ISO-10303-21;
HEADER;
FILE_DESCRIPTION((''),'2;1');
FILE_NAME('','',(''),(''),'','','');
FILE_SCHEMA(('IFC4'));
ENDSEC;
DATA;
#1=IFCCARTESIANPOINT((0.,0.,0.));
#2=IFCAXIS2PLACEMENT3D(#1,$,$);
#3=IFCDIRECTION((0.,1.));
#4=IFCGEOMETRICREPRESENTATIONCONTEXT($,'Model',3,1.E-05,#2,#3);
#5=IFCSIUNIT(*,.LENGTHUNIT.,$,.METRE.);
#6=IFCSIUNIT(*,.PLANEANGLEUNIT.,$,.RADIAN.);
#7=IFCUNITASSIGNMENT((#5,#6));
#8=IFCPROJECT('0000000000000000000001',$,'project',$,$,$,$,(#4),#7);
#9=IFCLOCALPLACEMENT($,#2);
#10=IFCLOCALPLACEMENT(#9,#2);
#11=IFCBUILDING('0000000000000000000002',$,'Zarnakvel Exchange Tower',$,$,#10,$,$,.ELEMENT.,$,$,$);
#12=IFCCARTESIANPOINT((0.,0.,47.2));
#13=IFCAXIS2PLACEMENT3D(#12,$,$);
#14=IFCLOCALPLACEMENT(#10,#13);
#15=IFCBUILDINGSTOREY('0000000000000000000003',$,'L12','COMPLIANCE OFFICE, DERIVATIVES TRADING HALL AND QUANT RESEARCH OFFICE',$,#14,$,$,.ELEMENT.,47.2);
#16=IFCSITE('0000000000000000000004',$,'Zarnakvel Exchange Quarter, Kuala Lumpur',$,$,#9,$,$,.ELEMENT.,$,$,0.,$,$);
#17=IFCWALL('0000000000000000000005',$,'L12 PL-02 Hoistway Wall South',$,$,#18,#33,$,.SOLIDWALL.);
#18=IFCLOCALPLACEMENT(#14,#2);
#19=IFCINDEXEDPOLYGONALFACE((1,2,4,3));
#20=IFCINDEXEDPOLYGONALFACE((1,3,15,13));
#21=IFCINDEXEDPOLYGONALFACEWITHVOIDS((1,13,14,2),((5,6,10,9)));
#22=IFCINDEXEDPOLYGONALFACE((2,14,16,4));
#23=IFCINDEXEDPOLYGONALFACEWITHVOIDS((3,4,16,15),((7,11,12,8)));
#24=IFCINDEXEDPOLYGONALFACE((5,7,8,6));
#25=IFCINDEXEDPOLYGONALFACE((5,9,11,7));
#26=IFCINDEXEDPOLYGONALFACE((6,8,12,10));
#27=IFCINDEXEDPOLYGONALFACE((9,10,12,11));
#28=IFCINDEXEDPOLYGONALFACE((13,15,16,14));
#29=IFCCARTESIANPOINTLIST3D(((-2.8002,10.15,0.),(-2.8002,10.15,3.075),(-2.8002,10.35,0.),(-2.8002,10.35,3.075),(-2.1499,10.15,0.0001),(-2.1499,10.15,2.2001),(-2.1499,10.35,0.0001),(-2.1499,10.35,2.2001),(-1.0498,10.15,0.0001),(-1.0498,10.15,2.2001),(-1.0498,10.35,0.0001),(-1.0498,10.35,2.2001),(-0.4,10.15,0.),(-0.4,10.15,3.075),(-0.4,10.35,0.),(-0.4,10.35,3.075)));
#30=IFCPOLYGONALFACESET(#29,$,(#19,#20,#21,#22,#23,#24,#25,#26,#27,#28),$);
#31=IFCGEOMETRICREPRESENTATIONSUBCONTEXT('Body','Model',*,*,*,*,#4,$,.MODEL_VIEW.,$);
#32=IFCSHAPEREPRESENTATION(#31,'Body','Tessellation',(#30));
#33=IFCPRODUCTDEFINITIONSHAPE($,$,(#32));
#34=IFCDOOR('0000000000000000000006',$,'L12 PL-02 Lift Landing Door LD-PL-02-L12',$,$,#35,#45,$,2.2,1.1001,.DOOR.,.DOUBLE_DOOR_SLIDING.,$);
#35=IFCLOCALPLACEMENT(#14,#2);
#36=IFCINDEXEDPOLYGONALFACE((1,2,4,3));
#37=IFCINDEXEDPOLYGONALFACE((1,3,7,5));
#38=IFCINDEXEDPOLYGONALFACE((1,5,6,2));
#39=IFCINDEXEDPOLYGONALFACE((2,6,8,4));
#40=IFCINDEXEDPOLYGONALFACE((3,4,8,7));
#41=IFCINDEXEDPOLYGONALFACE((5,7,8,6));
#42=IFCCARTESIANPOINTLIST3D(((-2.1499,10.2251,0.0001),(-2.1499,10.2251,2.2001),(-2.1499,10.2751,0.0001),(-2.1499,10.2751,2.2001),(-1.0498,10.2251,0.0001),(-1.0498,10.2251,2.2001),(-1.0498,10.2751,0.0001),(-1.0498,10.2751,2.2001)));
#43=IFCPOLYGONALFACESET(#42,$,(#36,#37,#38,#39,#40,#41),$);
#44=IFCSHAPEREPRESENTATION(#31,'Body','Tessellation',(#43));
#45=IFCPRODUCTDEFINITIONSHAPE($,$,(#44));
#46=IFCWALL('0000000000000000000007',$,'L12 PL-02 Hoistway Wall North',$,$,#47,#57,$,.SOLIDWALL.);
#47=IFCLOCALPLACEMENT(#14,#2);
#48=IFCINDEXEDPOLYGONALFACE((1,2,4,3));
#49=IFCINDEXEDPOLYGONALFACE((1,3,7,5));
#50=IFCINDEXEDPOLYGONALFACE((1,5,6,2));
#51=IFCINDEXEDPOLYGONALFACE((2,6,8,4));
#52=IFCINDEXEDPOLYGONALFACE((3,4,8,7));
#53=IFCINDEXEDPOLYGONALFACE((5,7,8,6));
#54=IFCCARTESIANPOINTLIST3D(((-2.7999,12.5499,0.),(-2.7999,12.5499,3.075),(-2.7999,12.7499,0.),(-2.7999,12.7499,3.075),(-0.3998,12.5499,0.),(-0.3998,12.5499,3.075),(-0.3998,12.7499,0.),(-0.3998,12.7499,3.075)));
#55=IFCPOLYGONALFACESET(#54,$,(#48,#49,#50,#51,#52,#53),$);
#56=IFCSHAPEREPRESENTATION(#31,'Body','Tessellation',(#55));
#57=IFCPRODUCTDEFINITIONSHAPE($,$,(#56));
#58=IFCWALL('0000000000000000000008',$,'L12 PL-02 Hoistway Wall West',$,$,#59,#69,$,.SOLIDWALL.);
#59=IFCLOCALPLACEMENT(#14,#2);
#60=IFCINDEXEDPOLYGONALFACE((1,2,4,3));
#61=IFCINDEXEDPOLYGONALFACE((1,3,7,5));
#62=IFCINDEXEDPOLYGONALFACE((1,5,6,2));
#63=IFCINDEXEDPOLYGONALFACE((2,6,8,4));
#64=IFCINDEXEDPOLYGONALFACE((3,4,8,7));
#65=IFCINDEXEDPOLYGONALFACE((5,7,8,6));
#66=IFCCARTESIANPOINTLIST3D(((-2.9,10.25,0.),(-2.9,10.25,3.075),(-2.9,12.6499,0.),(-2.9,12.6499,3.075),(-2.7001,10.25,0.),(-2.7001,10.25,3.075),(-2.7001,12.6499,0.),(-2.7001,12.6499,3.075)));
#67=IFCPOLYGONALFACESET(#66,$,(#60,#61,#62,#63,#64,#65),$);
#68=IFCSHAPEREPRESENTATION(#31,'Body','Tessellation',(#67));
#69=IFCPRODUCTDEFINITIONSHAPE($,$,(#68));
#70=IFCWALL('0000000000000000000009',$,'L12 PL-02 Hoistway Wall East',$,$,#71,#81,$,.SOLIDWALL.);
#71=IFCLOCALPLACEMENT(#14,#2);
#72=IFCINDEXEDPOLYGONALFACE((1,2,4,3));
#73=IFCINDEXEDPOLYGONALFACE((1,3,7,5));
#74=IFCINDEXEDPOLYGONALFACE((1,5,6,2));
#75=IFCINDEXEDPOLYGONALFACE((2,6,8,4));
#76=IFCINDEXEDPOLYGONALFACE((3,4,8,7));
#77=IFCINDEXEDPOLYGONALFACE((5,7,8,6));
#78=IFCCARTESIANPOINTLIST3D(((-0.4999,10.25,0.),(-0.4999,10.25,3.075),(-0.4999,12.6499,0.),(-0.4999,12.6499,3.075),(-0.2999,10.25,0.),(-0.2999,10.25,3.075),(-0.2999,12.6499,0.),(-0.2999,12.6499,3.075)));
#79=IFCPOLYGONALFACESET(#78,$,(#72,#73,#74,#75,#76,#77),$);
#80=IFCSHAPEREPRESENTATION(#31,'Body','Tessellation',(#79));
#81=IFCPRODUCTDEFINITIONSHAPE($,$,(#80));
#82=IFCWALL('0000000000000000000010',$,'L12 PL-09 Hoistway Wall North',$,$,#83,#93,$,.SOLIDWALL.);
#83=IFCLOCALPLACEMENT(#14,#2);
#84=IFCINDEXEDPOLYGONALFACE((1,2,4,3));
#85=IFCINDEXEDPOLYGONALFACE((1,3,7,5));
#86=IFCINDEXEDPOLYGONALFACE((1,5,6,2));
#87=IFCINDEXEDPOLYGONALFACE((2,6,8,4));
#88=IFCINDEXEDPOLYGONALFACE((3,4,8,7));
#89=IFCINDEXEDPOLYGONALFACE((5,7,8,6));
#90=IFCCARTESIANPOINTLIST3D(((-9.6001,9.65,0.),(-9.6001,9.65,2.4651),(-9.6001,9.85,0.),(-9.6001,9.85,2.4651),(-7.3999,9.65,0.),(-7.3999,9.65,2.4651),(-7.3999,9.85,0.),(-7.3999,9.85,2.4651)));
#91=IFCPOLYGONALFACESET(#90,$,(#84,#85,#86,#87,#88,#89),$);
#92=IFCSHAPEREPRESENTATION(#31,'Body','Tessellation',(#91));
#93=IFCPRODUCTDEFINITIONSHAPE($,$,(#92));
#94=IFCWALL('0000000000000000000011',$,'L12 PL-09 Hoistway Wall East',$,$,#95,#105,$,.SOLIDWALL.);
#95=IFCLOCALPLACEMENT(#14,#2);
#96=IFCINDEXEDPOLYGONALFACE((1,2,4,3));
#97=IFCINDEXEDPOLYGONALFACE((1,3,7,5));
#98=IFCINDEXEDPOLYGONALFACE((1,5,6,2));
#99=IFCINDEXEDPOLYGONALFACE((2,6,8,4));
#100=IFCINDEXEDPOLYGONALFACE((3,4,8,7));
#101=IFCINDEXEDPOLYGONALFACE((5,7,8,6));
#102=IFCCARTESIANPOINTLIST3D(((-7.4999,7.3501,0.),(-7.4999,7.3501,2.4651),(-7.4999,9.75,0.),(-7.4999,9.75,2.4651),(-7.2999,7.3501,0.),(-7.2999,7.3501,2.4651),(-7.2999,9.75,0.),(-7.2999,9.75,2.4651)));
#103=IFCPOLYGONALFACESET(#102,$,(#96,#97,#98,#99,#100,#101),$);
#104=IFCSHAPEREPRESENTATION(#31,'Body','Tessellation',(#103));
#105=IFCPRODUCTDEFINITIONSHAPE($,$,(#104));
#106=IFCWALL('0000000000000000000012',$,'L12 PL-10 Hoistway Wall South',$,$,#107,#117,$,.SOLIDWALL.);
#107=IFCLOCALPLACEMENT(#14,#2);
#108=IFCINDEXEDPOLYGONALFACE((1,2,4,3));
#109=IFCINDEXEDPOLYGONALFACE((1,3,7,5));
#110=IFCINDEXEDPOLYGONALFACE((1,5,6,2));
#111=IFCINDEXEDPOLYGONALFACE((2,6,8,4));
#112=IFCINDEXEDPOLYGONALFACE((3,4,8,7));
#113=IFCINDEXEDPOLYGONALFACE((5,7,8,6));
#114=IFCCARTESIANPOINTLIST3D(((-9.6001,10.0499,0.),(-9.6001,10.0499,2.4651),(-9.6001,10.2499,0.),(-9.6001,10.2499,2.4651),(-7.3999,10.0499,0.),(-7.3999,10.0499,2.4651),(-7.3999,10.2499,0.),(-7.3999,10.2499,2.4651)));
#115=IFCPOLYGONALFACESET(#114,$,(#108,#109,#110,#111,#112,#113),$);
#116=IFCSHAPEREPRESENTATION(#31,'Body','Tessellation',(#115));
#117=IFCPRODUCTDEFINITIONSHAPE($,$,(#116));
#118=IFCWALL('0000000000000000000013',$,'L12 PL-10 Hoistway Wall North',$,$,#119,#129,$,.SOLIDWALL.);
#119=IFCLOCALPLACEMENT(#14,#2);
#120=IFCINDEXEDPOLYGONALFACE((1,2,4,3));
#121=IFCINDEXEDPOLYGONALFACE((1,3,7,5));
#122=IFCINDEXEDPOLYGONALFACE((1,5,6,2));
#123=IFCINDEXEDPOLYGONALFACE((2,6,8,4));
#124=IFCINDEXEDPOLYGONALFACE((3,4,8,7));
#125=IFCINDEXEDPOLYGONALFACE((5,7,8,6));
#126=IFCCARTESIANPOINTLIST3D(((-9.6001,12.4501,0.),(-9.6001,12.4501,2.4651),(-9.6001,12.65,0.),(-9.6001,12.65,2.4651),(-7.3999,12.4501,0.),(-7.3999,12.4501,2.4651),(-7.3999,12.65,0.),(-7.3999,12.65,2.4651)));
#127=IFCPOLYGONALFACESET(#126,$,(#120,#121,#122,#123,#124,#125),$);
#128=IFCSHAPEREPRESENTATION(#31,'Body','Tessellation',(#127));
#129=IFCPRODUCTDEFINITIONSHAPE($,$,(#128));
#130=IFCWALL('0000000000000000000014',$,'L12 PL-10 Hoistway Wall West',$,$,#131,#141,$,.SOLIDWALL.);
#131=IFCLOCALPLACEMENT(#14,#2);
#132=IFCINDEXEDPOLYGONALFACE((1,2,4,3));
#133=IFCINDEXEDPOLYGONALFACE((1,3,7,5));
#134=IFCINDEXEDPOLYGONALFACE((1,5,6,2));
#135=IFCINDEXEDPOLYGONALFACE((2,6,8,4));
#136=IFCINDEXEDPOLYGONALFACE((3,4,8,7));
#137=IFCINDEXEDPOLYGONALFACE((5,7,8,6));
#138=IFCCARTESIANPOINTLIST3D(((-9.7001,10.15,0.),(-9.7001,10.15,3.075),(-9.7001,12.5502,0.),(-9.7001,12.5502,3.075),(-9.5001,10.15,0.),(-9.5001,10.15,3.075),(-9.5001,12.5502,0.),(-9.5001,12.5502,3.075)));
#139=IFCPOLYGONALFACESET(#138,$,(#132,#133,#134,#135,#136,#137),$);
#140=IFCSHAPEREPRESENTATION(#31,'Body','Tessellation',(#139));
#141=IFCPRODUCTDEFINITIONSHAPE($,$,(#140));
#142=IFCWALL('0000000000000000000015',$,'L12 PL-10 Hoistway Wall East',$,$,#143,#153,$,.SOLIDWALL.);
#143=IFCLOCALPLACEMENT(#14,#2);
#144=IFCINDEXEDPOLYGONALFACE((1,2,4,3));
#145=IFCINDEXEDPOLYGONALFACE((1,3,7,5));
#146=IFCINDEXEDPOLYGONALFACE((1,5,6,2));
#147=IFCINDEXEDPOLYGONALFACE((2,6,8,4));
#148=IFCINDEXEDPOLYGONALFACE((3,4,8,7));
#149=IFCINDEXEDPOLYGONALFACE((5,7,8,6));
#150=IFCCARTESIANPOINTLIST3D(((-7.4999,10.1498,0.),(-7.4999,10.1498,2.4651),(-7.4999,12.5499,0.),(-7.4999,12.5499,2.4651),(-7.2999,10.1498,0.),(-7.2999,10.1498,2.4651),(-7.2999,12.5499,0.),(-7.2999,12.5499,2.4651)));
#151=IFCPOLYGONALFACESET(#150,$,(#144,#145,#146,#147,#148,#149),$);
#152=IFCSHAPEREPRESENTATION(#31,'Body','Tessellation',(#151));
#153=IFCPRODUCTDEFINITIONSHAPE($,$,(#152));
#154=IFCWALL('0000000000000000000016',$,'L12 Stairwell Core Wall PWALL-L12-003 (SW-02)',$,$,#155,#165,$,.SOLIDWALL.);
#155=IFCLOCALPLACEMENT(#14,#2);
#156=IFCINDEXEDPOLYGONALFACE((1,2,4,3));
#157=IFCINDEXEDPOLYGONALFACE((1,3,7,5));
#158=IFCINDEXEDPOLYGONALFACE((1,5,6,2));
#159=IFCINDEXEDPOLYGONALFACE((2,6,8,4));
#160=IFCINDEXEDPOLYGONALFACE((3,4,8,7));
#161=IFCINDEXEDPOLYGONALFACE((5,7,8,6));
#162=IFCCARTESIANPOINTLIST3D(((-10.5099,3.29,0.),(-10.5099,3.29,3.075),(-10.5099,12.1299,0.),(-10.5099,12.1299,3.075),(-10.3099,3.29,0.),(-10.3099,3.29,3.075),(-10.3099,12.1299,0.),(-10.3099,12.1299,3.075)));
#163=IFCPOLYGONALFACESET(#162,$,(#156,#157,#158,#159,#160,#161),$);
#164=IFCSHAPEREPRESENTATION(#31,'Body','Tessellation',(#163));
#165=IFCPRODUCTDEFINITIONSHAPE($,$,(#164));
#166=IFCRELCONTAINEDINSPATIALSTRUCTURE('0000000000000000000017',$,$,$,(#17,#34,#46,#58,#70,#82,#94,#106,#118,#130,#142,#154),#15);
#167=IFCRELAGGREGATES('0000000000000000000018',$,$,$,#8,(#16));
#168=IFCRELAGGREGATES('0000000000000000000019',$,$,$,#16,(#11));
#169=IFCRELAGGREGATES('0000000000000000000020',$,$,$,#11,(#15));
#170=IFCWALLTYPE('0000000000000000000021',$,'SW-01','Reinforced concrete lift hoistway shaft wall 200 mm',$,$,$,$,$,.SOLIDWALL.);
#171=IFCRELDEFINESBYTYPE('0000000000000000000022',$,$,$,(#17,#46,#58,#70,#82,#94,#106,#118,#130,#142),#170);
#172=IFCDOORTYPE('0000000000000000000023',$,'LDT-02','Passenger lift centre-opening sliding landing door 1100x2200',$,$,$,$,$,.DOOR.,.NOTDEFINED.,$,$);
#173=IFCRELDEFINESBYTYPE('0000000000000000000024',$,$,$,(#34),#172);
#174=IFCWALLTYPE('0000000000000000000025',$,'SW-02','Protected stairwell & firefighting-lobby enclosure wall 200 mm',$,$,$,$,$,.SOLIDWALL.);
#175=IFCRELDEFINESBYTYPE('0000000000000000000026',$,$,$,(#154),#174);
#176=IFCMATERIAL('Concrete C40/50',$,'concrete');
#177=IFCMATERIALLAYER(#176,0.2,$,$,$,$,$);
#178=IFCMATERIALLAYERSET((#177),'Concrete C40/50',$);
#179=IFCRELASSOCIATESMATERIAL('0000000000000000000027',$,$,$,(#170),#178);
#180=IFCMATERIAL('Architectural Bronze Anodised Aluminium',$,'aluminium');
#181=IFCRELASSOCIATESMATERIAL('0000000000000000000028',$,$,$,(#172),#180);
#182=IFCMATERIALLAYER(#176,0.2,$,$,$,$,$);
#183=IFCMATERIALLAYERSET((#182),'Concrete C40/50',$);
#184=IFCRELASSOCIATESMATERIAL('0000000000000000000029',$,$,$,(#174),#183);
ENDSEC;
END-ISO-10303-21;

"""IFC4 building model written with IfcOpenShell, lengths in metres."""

from ifc_helpers import new_model, si_unit, direction, frame, frame_2d, origin, place, context, subcontext, project, spatial, rectangle, extrude, source, transform, mapped, material, layer, layer_set, type_object, element, fill, save


model = new_model("IFC4")

# Units and contexts
model_context = context("Model", 3, precision=1e-05, world=origin(), true_north=direction((0.0, 1.0)))
body_context = subcontext(model_context, "Body", "Model", "MODEL_VIEW")
ifc_project = project(units=[si_unit("LENGTHUNIT", "METRE"), si_unit("PLANEANGLEUNIT", "RADIAN")], contexts=[model_context])

# Site, building, storey
site_placement = place(None, origin())
site = spatial("IfcSite", under=ifc_project, at=site_placement, Name="Zarnakvel Exchange Quarter, Kuala Lumpur", CompositionType="ELEMENT", RefElevation=0.0)
building_placement = place(site_placement, origin())
building = spatial("IfcBuilding", under=site, at=building_placement, Name="Zarnakvel Exchange Tower", CompositionType="ELEMENT")
storey_placement = place(building_placement, frame((0.0, 0.0, 47.2)))
storey = spatial("IfcBuildingStorey", under=building, at=storey_placement, Name="L12", Description="COMPLIANCE OFFICE, DERIVATIVES TRADING HALL AND QUANT RESEARCH OFFICE", CompositionType="ELEMENT", Elevation=47.2)

# Shared definitions
ifc_material_1 = material(Name="Architectural Bronze Anodised Aluminium", Category="aluminium")

# Shared definitions
ifc_material_2 = material(Name="Concrete C40/50", Category="concrete")
ifc_layer_1 = layer(ifc_material_2, 0.2)
ifc_layer_set_1 = layer_set([ifc_layer_1], Name="Concrete C40/50")
wall_type_1 = type_object("IfcWallType", Name="SW-01", Description="Reinforced concrete lift hoistway shaft wall 200 mm", PredefinedType="SOLIDWALL", material=ifc_layer_set_1)
door_type = type_object("IfcDoorType", Name="LDT-02", Description="Passenger lift centre-opening sliding landing door 1100x2200", OperationType="NOTDEFINED", PredefinedType="DOOR", material=ifc_material_1)
shared_shape_1 = source(origin(), body_context, "Body", "SweptSolid", [
    extrude(rectangle(XDim=1.1001, YDim=2.2, at=frame_2d((0.55, 1.1001))), frame((0.0, 0.0249, 0.0), z_axis=(0.0, -1.0, 0.0), x_axis=(1.0, 0.0, 0.0)), (0.0, 0.0, 1.0), 0.05),
])

# Wall, opening, door
wall_1_placement = place(storey_placement, frame((-0.3999, 10.25, 0.0), z_axis=(0.0, 0.0, 1.0), x_axis=(-1.0, 0.0, 0.0)))
wall_1 = element("IfcWall", 1, at=wall_1_placement, inside=storey, type_object=wall_type_1, Name="L12 PL-02 Hoistway Wall South", PredefinedType="SOLIDWALL", context=body_context, shape_type="SweptSolid", body=[
    extrude(rectangle(XDim=2.4001, YDim=0.2, at=frame_2d((1.2002, 0.0))), origin(), (0.0, 0.0, 1.0), 3.075),
])
opening_1_placement = place(wall_1_placement, frame((0.6499, 0.0, 0.0)))
opening_1 = element("IfcOpeningElement", 2, at=opening_1_placement, cuts=wall_1, PredefinedType="OPENING", context=body_context, shape_type="SweptSolid", body=[
    extrude(rectangle(XDim=1.1001, YDim=2.2, at=frame_2d((0.55, 1.1001))), frame((0.0, 0.1099, 0.0), z_axis=(0.0, -1.0, 0.0), x_axis=(1.0, 0.0, 0.0)), (0.0, 0.0, 1.0), 0.22),
])
door_1_placement = place(opening_1_placement, origin())
door_1 = element("IfcDoor", 3, at=door_1_placement, inside=storey, type_object=door_type, Name="L12 PL-02 Lift Landing Door LD-PL-02-L12", OperationType="DOUBLE_DOOR_SLIDING", OverallHeight=2.2, OverallWidth=1.1001, PredefinedType="DOOR", context=body_context, shape_type="MappedRepresentation", body=[
    mapped(shared_shape_1, transform((0.0, 0.0, 0.0), x_axis=(1.0, 0.0, 0.0), y_axis=(0.0, 1.0, 0.0), z_axis=(0.0, 0.0, 1.0), scale=1.0)),
])
fill(opening_1, door_1)

# Walls
wall_2_placement = place(storey_placement, frame((-2.8, 12.6499, 0.0), z_axis=(0.0, 0.0, 1.0), x_axis=(1.0, 0.0, 0.0)))
element("IfcWall", 4, at=wall_2_placement, inside=storey, type_object=wall_type_1, Name="L12 PL-02 Hoistway Wall North", PredefinedType="SOLIDWALL", context=body_context, shape_type="SweptSolid", body=[
    extrude(rectangle(XDim=2.4001, YDim=0.2, at=frame_2d((1.2002, 0.0))), origin(), (0.0, 0.0, 1.0), 3.075),
])
for number, where, z_axis, x_axis, name in (
    (5, (-2.8, 10.25, 0.0), (0.0, 0.0, 1.0), (0.0, 1.0, 0.0), "L12 PL-02 Hoistway Wall West"),
    (6, (-0.3999, 12.6499, 0.0), (0.0, 0.0, 1.0), (0.0, -1.0, 0.0), "L12 PL-02 Hoistway Wall East"),
):
    element("IfcWall", number, at=place(storey_placement, frame(where, z_axis=z_axis, x_axis=x_axis)), inside=storey, type_object=wall_type_1, Name=name, PredefinedType="SOLIDWALL", context=body_context, shape_type="SweptSolid", body=[
        extrude(rectangle(XDim=2.3999, YDim=0.2, at=frame_2d((1.2, 0.0))), origin(), (0.0, 0.0, 1.0), 3.075),
    ])
wall_3_placement = place(storey_placement, frame((-9.6001, 9.75, 0.0), z_axis=(0.0, 0.0, 1.0), x_axis=(1.0, 0.0, 0.0)))
element("IfcWall", 7, at=wall_3_placement, inside=storey, type_object=wall_type_1, Name="L12 PL-09 Hoistway Wall North", PredefinedType="SOLIDWALL", context=body_context, shape_type="SweptSolid", body=[
    extrude(rectangle(XDim=2.2002, YDim=0.2, at=frame_2d((1.1001, 0.0))), origin(), (0.0, 0.0, 1.0), 2.4651),
])
wall_4_placement = place(storey_placement, frame((-7.3999, 9.75, 0.0), z_axis=(0.0, 0.0, 1.0), x_axis=(0.0, -1.0, 0.0)))
element("IfcWall", 8, at=wall_4_placement, inside=storey, type_object=wall_type_1, Name="L12 PL-09 Hoistway Wall East", PredefinedType="SOLIDWALL", context=body_context, shape_type="SweptSolid", body=[
    extrude(rectangle(XDim=2.3999, YDim=0.2, at=frame_2d((1.2, 0.0))), origin(), (0.0, 0.0, 1.0), 2.4651),
])
for number, where, z_axis, x_axis, name in (
    (9, (-7.3999, 10.1499, 0.0), (0.0, 0.0, 1.0), (-1.0, 0.0, 0.0), "L12 PL-10 Hoistway Wall South"),
    (10, (-9.6001, 12.55, 0.0), (0.0, 0.0, 1.0), (1.0, 0.0, 0.0), "L12 PL-10 Hoistway Wall North"),
):
    element("IfcWall", number, at=place(storey_placement, frame(where, z_axis=z_axis, x_axis=x_axis)), inside=storey, type_object=wall_type_1, Name=name, PredefinedType="SOLIDWALL", context=body_context, shape_type="SweptSolid", body=[
        extrude(rectangle(XDim=2.2002, YDim=0.2, at=frame_2d((1.1001, 0.0))), origin(), (0.0, 0.0, 1.0), 2.4651),
    ])
wall_5_placement = place(storey_placement, frame((-9.6001, 10.1499, 0.0), z_axis=(0.0, 0.0, 1.0), x_axis=(0.0, 1.0, 0.0)))
element("IfcWall", 11, at=wall_5_placement, inside=storey, type_object=wall_type_1, Name="L12 PL-10 Hoistway Wall West", PredefinedType="SOLIDWALL", context=body_context, shape_type="SweptSolid", body=[
    extrude(rectangle(XDim=2.4001, YDim=0.2, at=frame_2d((1.2002, 0.0))), origin(), (0.0, 0.0, 1.0), 3.075),
])
wall_6_placement = place(storey_placement, frame((-7.3999, 12.55, 0.0), z_axis=(0.0, 0.0, 1.0), x_axis=(0.0, -1.0, 0.0)))
element("IfcWall", 12, at=wall_6_placement, inside=storey, type_object=wall_type_1, Name="L12 PL-10 Hoistway Wall East", PredefinedType="SOLIDWALL", context=body_context, shape_type="SweptSolid", body=[
    extrude(rectangle(XDim=2.4001, YDim=0.2, at=frame_2d((1.2002, 0.0))), origin(), (0.0, 0.0, 1.0), 2.4651),
])
ifc_layer_2 = layer(ifc_material_2, 0.2)
ifc_layer_set_2 = layer_set([ifc_layer_2], Name="Concrete C40/50")
wall_type_2 = type_object("IfcWallType", Name="SW-02", Description="Protected stairwell & firefighting-lobby enclosure wall 200 mm", PredefinedType="SOLIDWALL", material=ifc_layer_set_2)
wall_7_placement = place(storey_placement, frame((-10.4099, 12.1299, 0.0), z_axis=(0.0, 0.0, 1.0), x_axis=(0.0, -1.0, 0.0)))
element("IfcWall", 13, at=wall_7_placement, inside=storey, type_object=wall_type_2, Name="L12 Stairwell Core Wall PWALL-L12-003 (SW-02)", PredefinedType="SOLIDWALL", context=body_context, shape_type="SweptSolid", body=[
    extrude(rectangle(XDim=8.8398, YDim=0.2, at=frame_2d((4.4199, 0.0))), origin(), (0.0, 0.0, 1.0), 3.075),
])

save(model, "model.ifc")
